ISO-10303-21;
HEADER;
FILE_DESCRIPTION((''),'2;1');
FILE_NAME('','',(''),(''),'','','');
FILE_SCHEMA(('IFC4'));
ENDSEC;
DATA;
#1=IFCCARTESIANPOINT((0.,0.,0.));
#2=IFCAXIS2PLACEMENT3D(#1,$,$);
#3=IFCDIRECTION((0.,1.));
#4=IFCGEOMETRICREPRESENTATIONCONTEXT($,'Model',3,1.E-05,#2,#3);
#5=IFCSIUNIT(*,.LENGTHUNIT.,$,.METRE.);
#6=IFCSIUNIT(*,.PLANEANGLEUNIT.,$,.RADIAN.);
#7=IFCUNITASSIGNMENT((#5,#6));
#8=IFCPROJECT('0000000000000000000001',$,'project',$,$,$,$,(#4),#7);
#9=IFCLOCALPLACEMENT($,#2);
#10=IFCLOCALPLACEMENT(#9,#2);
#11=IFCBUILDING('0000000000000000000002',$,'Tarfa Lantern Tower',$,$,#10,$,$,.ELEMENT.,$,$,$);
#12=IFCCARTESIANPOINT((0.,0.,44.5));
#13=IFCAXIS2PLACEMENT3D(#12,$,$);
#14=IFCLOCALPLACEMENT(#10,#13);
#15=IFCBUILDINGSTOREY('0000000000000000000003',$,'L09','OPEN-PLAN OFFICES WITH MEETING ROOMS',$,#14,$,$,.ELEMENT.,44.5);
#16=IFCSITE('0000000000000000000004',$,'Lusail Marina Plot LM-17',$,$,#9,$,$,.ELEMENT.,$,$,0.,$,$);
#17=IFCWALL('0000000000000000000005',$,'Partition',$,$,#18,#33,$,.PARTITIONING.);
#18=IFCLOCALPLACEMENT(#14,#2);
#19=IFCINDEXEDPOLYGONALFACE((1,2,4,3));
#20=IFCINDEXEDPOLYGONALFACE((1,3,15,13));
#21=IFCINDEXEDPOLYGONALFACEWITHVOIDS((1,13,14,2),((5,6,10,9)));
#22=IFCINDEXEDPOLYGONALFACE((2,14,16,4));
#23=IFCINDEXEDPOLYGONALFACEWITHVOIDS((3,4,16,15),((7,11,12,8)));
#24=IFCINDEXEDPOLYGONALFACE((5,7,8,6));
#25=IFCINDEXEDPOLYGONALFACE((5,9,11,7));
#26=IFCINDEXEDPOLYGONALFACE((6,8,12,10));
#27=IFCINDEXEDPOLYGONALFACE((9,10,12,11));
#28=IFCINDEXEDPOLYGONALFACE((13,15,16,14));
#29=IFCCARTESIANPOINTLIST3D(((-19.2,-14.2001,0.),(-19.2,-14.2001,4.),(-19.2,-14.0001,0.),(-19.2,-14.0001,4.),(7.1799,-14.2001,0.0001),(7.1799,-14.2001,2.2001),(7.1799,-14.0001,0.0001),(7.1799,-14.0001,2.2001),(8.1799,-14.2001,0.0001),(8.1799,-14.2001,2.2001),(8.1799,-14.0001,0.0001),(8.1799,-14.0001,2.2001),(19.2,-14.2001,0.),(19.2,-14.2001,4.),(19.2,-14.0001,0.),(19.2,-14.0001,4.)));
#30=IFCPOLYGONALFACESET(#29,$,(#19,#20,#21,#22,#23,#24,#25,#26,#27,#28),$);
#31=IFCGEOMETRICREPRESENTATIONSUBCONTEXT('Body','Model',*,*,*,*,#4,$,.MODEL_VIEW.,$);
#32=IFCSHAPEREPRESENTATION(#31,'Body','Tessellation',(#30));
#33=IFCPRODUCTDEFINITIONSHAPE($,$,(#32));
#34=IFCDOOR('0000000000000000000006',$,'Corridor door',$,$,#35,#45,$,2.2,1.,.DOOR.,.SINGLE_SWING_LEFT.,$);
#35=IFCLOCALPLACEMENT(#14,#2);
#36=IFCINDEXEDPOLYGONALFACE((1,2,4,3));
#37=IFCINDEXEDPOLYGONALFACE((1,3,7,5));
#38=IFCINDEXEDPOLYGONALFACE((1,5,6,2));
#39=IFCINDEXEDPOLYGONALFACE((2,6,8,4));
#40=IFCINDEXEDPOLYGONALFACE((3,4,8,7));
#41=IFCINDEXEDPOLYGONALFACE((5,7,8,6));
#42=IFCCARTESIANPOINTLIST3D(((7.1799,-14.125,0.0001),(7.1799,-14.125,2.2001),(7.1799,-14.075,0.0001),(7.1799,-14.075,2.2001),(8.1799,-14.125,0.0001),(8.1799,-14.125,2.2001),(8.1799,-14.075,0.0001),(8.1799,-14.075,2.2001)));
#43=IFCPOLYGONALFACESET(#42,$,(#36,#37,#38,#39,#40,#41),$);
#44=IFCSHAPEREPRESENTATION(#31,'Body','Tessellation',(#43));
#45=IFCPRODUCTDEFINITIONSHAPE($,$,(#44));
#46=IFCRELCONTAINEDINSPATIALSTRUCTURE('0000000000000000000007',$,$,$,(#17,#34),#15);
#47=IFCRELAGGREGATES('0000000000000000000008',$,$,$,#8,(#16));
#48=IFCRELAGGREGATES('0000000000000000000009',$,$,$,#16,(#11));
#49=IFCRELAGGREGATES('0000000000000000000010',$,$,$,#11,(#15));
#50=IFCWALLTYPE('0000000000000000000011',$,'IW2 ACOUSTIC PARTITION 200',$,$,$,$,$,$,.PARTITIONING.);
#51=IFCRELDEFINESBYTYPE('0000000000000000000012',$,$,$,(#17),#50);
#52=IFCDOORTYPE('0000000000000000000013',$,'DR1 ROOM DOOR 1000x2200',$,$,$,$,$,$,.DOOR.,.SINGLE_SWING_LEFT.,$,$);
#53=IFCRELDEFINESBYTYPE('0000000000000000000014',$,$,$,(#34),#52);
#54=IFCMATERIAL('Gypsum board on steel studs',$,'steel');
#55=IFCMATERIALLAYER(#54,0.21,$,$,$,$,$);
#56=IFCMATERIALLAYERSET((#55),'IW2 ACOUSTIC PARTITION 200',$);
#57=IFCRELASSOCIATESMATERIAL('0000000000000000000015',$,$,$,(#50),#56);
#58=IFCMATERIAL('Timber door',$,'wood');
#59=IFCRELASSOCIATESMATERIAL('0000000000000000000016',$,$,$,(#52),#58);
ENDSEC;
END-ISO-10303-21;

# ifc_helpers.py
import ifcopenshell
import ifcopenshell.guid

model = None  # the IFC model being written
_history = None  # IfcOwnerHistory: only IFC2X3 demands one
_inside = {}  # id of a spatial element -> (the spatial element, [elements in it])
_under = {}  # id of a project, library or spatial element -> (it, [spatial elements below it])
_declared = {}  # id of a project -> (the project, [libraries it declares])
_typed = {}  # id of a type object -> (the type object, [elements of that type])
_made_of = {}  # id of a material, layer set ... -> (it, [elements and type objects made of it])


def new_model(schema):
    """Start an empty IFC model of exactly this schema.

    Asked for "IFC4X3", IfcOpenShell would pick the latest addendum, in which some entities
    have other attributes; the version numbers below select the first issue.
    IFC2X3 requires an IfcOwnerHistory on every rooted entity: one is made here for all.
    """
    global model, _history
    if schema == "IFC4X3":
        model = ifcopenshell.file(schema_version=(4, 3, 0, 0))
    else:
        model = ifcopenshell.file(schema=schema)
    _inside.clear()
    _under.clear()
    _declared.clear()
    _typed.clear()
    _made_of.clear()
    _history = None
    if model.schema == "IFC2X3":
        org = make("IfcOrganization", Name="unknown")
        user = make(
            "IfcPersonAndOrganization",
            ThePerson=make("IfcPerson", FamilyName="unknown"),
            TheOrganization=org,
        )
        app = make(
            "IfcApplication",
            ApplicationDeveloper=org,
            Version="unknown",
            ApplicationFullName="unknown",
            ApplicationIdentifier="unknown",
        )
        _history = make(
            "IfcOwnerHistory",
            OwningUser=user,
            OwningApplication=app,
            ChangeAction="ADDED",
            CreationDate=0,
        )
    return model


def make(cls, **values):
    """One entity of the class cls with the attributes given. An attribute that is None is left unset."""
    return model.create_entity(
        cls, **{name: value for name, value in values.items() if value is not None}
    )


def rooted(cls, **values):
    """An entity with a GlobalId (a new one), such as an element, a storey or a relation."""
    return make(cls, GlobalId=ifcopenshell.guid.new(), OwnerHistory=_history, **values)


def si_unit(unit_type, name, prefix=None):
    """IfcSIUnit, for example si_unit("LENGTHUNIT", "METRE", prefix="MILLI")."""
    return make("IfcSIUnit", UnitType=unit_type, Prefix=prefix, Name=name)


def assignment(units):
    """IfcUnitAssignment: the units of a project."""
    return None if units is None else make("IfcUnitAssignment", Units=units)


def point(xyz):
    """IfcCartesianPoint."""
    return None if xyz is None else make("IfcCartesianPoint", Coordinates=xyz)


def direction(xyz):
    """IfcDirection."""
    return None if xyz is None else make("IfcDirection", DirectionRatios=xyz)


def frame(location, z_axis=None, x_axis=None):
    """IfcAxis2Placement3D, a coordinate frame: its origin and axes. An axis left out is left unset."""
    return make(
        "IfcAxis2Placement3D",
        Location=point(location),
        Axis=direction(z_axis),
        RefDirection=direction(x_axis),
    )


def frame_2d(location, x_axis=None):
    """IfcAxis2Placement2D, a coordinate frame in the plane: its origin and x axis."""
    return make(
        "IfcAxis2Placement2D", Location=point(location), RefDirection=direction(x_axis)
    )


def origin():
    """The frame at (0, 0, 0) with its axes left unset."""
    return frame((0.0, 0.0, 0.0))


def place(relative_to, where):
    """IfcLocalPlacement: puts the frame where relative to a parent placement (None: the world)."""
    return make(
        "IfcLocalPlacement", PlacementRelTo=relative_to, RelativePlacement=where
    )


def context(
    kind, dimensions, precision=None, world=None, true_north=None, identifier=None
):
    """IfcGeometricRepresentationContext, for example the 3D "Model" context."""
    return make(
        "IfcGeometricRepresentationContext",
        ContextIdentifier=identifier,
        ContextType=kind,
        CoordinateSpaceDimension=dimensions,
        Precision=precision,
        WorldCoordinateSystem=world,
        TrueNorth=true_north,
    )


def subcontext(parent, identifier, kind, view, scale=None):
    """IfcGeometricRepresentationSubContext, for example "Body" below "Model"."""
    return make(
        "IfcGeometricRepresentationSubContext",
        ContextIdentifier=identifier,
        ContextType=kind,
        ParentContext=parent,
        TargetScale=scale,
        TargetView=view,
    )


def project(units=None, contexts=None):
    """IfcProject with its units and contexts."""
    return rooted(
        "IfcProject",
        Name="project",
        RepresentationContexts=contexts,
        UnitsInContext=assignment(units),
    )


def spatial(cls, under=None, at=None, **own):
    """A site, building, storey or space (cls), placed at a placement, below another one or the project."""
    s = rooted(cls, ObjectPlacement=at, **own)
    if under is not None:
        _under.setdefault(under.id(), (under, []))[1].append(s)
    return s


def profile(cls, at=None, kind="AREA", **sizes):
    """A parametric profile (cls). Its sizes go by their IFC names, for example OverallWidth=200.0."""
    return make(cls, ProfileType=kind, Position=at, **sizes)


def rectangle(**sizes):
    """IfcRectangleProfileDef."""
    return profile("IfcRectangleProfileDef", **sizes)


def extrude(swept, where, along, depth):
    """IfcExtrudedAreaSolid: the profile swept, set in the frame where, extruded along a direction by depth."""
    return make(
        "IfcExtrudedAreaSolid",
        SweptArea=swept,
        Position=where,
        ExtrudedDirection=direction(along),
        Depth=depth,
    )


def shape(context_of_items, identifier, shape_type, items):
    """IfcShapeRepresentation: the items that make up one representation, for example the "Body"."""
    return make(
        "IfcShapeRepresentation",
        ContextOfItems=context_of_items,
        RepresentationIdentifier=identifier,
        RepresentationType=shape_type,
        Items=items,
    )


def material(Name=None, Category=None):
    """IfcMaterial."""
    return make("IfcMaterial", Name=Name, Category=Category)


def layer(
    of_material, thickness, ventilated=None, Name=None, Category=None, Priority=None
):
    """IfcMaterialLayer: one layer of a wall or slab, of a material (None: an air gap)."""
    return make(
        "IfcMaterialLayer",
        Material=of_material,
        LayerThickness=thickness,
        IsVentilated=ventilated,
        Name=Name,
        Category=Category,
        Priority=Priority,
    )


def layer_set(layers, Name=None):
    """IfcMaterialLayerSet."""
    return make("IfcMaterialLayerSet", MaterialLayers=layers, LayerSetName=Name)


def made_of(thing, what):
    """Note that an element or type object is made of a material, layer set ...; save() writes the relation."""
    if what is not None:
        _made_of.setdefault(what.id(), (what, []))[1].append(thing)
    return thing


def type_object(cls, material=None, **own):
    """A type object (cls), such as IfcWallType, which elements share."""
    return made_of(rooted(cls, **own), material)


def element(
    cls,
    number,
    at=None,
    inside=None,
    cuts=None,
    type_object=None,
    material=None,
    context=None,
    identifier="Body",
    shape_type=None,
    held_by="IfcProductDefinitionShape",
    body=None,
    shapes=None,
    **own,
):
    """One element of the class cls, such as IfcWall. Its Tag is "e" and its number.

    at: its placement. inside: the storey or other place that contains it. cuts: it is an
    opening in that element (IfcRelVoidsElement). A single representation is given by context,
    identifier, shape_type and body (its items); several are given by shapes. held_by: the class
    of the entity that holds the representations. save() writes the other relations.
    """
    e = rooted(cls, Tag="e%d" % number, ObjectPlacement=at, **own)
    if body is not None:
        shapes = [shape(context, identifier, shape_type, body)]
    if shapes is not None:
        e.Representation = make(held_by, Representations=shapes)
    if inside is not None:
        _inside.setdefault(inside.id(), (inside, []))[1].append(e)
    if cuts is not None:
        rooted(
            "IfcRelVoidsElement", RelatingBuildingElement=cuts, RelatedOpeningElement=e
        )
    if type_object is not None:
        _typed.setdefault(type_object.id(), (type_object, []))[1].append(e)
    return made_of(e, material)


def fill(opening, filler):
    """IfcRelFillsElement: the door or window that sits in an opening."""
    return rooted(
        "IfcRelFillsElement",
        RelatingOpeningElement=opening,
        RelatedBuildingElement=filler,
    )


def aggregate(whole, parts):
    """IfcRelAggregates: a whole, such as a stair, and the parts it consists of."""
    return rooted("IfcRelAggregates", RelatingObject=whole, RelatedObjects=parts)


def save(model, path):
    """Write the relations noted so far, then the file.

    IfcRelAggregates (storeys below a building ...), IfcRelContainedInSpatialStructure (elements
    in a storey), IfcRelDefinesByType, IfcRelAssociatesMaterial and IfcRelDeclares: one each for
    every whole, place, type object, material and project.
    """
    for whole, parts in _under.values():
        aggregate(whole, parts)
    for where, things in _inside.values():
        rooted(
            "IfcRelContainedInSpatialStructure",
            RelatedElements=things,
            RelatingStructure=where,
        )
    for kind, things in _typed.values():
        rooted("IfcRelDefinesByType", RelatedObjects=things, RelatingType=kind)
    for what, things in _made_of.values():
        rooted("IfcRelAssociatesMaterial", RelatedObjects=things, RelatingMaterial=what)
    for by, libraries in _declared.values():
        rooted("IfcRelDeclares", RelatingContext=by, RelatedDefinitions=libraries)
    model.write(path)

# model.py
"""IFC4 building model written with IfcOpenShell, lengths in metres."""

from ifc_helpers import new_model, si_unit, direction, frame, frame_2d, origin, place, context, subcontext, project, spatial, rectangle, extrude, material, layer, layer_set, type_object, element, fill, save


model = new_model("IFC4")

# Units and contexts
model_context = context("Model", 3, precision=1e-05, world=origin(), true_north=direction((0.0, 1.0)))
body_context = subcontext(model_context, "Body", "Model", "MODEL_VIEW")
ifc_project = project(units=[si_unit("LENGTHUNIT", "METRE"), si_unit("PLANEANGLEUNIT", "RADIAN")], contexts=[model_context])

# Site, building, storey
site_placement = place(None, origin())
site = spatial("IfcSite", under=ifc_project, at=site_placement, Name="Lusail Marina Plot LM-17", CompositionType="ELEMENT", RefElevation=0.0)
building_placement = place(site_placement, origin())
building = spatial("IfcBuilding", under=site, at=building_placement, Name="Tarfa Lantern Tower", CompositionType="ELEMENT")
storey_placement = place(building_placement, frame((0.0, 0.0, 44.5)))
storey = spatial("IfcBuildingStorey", under=building, at=storey_placement, Name="L09", Description="OPEN-PLAN OFFICES WITH MEETING ROOMS", CompositionType="ELEMENT", Elevation=44.5)

# Shared definitions
ifc_material_1 = material(Name="Gypsum board on steel studs", Category="steel")
ifc_layer_1 = layer(ifc_material_1, 0.21)
ifc_layer_set_1 = layer_set([ifc_layer_1], Name="IW2 ACOUSTIC PARTITION 200")
wall_type_1 = type_object("IfcWallType", Name="IW2 ACOUSTIC PARTITION 200", PredefinedType="PARTITIONING", material=ifc_layer_set_1)

# Wall, opening, door
wall_1_placement = place(storey_placement, frame((19.2, -14.1001, 0.0), z_axis=(0.0, 0.0, 1.0), x_axis=(-1.0, 0.0, 0.0)))
wall_1 = element("IfcWall", 1, at=wall_1_placement, inside=storey, type_object=wall_type_1, Name="Partition", PredefinedType="PARTITIONING", context=body_context, shape_type="SweptSolid", body=[
    extrude(rectangle(XDim=38.3999, YDim=0.2, at=frame_2d((19.2, 0.0))), origin(), (0.0, 0.0, 1.0), 4.0),
])
opening_1_placement = place(wall_1_placement, frame((11.02, 0.0, 0.0)))
opening_1 = element("IfcOpeningElement", 2, at=opening_1_placement, cuts=wall_1, PredefinedType="OPENING", context=body_context, shape_type="SweptSolid", body=[
    extrude(rectangle(XDim=1.0, YDim=2.2, at=frame_2d((0.5, 1.1001))), frame((0.0, 0.1099, 0.0), z_axis=(0.0, -1.0, 0.0), x_axis=(1.0, 0.0, 0.0)), (0.0, 0.0, 1.0), 0.22),
])
ifc_material_2 = material(Name="Timber door", Category="wood")
door_type_1 = type_object("IfcDoorType", Name="DR1 ROOM DOOR 1000x2200", OperationType="SINGLE_SWING_LEFT", PredefinedType="DOOR", material=ifc_material_2)
door_1_placement = place(opening_1_placement, origin())
door_1 = element("IfcDoor", 3, at=door_1_placement, inside=storey, type_object=door_type_1, Name="Corridor door", OperationType="SINGLE_SWING_LEFT", OverallHeight=2.2, OverallWidth=1.0, PredefinedType="DOOR", context=body_context, shape_type="SweptSolid", body=[
    extrude(rectangle(XDim=1.0, YDim=2.2, at=frame_2d((0.5, 1.1001))), frame((0.0, 0.0249, 0.0), z_axis=(0.0, -1.0, 0.0), x_axis=(1.0, 0.0, 0.0)), (0.0, 0.0, 1.0), 0.05),
])
fill(opening_1, door_1)

save(model, "model.ifc")
